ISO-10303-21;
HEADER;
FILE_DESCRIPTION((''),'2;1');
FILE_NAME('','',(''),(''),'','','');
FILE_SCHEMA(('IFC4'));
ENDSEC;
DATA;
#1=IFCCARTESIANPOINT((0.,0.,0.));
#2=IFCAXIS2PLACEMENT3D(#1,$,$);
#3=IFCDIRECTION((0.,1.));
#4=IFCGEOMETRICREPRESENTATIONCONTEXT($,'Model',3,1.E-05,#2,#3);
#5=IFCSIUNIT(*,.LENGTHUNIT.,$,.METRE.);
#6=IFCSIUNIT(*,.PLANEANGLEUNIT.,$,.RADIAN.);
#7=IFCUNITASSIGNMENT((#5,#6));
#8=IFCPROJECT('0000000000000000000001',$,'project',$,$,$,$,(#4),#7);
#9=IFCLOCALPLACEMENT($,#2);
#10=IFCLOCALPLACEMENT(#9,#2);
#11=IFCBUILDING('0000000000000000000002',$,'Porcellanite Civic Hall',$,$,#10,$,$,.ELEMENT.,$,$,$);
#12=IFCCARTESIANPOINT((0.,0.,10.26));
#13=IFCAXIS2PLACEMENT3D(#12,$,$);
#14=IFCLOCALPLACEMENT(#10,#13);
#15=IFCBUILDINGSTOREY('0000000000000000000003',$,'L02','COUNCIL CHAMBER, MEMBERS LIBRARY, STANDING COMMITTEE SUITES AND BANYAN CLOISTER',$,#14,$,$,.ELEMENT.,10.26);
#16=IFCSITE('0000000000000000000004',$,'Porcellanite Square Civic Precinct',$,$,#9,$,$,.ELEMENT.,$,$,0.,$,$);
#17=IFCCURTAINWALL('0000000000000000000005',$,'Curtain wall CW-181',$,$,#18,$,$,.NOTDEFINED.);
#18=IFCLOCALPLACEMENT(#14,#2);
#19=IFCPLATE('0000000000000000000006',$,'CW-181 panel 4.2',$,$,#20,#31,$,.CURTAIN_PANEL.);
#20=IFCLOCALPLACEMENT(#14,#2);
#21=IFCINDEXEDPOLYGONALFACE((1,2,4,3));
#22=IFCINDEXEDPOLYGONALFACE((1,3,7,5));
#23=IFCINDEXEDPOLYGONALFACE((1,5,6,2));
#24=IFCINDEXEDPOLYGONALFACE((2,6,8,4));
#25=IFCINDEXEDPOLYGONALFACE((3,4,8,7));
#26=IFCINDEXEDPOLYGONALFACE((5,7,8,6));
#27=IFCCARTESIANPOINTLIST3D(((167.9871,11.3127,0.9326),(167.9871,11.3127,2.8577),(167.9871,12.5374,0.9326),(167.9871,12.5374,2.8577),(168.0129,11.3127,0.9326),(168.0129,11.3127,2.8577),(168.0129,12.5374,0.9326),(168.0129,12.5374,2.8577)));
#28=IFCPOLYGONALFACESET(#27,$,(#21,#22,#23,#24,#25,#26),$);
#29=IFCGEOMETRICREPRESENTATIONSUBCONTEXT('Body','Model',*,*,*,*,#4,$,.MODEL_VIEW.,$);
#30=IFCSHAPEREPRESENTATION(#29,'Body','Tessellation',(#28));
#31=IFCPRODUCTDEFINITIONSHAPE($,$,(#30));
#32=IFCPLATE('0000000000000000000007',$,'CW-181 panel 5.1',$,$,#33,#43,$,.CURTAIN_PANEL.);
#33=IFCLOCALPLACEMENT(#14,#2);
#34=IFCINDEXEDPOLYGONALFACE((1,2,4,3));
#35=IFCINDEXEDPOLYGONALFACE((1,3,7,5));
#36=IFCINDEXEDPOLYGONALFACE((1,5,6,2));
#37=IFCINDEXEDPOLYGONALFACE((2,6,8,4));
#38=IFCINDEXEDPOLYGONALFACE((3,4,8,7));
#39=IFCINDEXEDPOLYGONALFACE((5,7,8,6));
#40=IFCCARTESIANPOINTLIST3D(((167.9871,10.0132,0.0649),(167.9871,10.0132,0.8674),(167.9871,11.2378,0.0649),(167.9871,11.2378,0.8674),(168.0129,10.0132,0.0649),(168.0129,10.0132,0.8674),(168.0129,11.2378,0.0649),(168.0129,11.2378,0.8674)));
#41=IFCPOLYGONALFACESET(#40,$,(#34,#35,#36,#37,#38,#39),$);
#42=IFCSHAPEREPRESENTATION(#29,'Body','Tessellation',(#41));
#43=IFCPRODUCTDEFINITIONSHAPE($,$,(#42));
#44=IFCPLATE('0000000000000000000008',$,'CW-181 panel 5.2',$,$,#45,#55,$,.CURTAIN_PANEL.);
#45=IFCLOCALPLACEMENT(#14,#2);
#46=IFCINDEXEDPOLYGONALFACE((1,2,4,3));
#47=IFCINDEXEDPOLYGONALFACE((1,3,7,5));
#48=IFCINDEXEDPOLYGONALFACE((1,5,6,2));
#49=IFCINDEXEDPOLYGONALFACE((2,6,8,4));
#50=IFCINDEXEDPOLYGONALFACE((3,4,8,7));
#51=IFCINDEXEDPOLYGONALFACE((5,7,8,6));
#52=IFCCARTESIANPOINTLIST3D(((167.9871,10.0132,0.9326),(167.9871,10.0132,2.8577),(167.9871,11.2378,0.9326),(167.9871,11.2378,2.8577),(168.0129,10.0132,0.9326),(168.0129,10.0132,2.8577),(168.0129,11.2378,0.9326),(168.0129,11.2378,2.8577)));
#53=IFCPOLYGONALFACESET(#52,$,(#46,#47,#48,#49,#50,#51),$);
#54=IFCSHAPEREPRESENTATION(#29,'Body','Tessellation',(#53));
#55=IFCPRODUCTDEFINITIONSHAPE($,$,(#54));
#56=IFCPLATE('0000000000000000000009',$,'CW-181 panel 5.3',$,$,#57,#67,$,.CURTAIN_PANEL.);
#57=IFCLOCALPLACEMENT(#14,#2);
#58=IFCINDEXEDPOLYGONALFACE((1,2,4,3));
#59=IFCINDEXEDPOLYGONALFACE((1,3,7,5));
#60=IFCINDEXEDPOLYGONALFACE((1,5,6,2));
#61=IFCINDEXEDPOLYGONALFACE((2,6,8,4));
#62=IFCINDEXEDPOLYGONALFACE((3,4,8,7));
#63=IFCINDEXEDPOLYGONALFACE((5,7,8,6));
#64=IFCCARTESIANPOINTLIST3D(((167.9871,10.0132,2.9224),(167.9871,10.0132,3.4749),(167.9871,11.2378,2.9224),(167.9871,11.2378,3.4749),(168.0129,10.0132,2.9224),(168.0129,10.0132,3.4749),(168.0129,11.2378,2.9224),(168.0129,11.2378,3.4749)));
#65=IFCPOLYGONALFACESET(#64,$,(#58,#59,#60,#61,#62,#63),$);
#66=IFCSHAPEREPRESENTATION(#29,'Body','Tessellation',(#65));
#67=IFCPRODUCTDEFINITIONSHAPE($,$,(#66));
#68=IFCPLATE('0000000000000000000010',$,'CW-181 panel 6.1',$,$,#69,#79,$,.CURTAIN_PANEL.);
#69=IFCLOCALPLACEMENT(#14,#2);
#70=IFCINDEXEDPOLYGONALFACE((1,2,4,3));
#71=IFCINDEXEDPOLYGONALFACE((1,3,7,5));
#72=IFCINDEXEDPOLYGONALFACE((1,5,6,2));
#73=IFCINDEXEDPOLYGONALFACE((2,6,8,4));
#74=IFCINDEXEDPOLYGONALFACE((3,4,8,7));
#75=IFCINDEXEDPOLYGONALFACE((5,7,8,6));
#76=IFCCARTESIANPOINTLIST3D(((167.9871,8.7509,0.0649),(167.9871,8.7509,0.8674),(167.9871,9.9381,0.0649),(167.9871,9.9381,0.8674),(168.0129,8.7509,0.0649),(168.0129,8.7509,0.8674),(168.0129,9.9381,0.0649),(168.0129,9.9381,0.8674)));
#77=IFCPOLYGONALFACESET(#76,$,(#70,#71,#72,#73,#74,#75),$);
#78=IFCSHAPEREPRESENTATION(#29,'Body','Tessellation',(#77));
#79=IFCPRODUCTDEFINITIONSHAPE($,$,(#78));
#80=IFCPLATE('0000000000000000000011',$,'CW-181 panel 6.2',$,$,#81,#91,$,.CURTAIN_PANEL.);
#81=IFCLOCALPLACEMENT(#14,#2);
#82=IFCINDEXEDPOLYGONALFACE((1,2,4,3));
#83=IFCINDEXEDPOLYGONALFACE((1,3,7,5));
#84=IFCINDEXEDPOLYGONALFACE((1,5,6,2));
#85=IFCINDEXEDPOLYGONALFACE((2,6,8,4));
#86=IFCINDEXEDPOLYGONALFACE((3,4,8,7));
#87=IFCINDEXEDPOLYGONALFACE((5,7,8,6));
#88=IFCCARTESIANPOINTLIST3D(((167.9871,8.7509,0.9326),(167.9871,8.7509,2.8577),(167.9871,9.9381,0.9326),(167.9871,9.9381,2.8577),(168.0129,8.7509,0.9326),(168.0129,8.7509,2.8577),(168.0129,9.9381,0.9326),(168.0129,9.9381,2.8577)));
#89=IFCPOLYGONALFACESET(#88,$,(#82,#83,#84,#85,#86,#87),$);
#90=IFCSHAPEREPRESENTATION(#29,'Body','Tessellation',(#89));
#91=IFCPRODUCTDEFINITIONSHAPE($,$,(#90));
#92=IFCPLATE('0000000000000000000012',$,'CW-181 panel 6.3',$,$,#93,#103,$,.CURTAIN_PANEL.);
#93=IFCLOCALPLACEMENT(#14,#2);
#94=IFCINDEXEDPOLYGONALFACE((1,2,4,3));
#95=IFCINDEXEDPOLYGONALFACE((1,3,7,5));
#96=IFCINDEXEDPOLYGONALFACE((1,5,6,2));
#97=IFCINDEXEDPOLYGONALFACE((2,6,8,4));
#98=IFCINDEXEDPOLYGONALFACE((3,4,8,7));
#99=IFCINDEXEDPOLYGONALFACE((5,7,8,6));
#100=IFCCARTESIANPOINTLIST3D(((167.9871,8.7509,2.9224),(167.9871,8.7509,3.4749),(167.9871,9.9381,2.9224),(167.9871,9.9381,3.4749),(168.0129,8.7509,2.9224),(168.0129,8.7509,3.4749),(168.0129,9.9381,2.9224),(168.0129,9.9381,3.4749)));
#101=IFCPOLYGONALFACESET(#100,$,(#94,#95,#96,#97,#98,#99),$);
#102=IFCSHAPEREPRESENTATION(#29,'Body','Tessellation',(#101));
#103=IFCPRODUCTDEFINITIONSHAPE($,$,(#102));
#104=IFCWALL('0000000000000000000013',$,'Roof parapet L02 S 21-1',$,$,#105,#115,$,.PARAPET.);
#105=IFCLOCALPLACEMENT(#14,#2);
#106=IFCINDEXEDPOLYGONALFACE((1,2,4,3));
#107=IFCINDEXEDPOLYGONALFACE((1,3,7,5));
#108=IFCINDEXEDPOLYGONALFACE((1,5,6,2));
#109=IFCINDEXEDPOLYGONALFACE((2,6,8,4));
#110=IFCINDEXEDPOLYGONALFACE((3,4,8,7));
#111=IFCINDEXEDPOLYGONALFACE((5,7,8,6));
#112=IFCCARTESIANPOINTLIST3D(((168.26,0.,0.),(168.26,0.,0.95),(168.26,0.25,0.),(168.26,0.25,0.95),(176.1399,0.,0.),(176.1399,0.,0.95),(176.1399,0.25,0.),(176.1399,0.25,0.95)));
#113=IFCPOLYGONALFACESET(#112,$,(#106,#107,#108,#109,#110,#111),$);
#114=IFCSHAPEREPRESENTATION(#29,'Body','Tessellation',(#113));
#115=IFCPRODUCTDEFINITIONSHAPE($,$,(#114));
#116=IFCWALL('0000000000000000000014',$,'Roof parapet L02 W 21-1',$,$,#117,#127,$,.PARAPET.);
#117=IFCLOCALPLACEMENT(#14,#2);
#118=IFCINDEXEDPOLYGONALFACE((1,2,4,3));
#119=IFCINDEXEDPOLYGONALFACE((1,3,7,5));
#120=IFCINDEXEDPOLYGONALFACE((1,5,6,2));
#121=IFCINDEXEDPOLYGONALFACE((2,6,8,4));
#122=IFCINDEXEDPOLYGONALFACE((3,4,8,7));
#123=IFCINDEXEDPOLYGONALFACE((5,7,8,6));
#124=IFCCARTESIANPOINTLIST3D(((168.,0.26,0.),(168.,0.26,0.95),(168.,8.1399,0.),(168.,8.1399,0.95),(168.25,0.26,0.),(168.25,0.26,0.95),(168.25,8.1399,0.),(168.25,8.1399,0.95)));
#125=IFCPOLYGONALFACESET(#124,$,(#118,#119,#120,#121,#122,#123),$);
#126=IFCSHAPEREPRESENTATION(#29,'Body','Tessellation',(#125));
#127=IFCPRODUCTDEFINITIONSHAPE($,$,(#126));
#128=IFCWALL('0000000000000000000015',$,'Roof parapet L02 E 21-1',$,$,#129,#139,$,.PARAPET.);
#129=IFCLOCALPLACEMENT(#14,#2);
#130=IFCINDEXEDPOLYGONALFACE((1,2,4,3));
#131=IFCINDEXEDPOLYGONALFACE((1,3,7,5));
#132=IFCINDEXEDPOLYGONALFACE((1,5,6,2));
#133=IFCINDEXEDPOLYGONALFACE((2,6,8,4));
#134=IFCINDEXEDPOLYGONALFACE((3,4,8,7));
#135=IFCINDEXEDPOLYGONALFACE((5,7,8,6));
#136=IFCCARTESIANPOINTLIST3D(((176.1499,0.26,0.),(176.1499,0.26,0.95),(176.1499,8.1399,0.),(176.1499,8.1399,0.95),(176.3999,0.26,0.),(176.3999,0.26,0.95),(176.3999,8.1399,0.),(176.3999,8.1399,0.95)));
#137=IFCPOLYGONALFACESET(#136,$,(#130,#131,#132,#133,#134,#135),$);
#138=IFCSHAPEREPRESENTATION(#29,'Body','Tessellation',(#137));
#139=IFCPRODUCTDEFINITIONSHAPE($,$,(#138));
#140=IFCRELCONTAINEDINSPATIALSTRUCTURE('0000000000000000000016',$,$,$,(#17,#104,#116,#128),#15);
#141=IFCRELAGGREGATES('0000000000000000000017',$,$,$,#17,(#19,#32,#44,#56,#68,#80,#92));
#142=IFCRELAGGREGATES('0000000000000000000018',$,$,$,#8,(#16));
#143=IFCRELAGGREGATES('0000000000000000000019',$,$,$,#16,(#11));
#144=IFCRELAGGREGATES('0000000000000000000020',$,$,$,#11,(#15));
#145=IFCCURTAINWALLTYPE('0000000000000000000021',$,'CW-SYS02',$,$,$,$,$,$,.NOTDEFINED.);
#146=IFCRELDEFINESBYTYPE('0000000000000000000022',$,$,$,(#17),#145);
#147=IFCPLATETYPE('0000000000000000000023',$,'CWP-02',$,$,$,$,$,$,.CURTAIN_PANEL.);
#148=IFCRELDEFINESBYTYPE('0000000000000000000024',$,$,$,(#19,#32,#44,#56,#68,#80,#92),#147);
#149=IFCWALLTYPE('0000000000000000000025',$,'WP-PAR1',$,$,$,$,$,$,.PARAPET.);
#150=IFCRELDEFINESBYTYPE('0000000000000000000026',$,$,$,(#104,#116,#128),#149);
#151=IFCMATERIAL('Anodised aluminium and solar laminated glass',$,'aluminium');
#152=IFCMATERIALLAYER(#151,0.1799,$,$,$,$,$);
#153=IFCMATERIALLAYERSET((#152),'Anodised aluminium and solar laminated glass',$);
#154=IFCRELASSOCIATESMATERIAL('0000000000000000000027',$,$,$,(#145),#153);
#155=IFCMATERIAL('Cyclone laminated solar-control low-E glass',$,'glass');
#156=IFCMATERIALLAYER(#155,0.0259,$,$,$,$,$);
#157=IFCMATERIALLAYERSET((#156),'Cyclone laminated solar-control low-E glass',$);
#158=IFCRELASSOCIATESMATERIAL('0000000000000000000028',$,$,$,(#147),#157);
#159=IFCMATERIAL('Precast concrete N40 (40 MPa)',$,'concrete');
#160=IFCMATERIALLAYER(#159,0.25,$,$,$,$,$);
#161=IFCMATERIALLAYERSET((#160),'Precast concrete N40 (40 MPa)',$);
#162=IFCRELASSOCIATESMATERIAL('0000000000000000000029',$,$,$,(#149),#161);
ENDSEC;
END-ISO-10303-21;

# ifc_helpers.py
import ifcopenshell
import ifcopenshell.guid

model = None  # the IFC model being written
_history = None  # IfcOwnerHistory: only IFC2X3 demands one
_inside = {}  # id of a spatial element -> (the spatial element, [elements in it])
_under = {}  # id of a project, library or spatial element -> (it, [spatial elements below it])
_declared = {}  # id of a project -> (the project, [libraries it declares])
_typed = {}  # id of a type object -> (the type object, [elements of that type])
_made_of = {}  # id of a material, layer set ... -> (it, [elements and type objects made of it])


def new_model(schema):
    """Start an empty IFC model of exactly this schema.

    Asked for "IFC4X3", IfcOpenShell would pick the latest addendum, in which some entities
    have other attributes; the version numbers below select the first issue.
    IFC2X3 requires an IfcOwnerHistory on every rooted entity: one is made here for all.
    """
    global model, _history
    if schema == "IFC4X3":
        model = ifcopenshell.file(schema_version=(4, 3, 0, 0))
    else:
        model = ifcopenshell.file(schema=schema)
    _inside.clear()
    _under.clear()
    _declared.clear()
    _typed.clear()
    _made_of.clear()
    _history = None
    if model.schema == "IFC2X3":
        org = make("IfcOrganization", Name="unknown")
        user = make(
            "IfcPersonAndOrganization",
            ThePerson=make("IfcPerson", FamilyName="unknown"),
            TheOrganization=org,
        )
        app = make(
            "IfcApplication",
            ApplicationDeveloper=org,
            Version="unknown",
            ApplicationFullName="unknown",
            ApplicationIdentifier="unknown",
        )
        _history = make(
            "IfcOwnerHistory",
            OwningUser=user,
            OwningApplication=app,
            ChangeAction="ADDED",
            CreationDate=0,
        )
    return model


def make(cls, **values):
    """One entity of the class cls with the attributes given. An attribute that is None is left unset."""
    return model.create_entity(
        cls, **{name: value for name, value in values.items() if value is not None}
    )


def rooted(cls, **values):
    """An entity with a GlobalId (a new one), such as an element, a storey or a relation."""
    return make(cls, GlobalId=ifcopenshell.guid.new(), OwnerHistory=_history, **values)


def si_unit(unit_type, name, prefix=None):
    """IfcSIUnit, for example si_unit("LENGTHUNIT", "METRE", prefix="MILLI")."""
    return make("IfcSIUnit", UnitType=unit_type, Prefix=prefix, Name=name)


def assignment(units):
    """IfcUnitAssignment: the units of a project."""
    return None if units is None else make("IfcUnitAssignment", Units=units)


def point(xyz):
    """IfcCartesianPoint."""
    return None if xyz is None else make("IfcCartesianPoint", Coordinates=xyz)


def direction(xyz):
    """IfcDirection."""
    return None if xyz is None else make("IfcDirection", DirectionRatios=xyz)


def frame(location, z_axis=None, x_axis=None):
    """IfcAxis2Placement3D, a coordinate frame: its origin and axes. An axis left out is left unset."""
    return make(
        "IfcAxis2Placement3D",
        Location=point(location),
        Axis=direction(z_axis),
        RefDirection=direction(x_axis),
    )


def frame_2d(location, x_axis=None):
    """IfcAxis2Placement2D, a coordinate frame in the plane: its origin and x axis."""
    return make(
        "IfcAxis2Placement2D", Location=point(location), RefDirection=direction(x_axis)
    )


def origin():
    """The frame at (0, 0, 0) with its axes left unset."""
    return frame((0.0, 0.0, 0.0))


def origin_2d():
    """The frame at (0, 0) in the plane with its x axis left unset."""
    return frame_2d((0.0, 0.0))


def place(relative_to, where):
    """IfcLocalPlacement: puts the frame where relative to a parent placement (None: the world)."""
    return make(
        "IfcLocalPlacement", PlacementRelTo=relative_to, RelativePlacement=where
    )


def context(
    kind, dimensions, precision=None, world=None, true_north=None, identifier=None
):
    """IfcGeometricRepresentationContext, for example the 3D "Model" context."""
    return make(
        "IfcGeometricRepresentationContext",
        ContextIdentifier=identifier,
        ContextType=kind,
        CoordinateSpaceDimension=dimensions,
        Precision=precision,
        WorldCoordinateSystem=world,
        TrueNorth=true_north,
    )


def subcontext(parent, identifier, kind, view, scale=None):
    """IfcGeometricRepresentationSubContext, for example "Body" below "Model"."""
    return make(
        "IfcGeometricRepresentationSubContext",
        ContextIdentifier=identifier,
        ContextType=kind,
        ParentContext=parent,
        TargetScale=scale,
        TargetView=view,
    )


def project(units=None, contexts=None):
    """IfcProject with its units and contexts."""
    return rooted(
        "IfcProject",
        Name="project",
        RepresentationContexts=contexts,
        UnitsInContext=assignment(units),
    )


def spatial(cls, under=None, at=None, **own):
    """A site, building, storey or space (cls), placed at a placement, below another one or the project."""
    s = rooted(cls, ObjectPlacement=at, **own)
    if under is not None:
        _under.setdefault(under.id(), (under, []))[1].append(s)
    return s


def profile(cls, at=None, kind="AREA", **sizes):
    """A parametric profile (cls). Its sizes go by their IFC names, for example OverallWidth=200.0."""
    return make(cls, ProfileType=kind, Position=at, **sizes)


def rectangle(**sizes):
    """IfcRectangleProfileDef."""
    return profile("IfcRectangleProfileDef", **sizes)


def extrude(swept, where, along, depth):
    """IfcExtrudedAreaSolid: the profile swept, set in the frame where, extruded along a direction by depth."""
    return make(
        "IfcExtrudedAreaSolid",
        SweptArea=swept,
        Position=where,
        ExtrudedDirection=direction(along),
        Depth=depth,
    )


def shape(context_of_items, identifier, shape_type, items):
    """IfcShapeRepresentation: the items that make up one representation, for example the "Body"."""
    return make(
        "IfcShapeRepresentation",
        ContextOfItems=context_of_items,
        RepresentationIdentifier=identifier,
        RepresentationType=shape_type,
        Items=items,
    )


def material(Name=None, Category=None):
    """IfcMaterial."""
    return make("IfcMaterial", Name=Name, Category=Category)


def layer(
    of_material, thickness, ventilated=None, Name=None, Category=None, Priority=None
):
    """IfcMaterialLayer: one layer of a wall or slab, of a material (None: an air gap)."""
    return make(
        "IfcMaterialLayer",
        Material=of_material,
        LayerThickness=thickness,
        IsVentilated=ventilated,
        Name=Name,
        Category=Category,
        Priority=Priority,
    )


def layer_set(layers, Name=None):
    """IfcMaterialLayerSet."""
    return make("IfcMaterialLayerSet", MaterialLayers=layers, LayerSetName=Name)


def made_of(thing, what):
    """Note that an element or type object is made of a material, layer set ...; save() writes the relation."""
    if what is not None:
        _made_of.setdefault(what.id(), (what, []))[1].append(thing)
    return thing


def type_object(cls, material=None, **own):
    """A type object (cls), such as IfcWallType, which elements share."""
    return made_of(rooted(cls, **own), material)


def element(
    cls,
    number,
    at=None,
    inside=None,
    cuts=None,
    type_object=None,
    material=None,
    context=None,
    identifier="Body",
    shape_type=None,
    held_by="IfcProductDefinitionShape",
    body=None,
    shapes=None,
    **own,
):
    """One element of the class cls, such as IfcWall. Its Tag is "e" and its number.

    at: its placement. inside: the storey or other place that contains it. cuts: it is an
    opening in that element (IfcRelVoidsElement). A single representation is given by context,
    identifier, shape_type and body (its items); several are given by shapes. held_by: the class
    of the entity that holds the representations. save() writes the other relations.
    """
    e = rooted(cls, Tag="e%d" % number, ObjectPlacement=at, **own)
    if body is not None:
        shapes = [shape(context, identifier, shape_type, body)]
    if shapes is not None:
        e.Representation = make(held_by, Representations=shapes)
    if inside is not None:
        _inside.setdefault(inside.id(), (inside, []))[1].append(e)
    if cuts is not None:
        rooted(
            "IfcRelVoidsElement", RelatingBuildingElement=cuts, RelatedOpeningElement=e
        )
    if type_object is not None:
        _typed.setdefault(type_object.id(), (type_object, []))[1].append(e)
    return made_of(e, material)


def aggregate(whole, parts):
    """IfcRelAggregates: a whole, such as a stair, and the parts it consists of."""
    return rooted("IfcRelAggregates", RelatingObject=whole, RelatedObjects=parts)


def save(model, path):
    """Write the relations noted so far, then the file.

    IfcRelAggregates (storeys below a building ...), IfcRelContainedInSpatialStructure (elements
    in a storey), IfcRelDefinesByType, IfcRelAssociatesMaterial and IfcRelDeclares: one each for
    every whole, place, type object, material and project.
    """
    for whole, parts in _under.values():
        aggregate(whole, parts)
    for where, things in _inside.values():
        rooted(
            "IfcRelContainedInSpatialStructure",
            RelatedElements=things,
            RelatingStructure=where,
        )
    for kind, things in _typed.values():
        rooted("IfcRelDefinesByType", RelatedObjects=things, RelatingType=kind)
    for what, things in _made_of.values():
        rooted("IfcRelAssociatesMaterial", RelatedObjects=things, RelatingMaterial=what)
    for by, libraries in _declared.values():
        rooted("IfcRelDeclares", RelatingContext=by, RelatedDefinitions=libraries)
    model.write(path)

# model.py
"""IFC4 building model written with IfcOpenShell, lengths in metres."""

from ifc_helpers import new_model, si_unit, direction, frame, frame_2d, origin, origin_2d, place, context, subcontext, project, spatial, rectangle, extrude, material, layer, layer_set, type_object, element, aggregate, save


model = new_model("IFC4")

# Units and contexts
model_context = context("Model", 3, precision=1e-05, world=origin(), true_north=direction((0.0, 1.0)))
body_context = subcontext(model_context, "Body", "Model", "MODEL_VIEW")
ifc_project = project(units=[si_unit("LENGTHUNIT", "METRE"), si_unit("PLANEANGLEUNIT", "RADIAN")], contexts=[model_context])

# Site, building, storey
site_placement = place(None, origin())
site = spatial("IfcSite", under=ifc_project, at=site_placement, Name="Porcellanite Square Civic Precinct", CompositionType="ELEMENT", RefElevation=0.0)
building_placement = place(site_placement, origin())
building = spatial("IfcBuilding", under=site, at=building_placement, Name="Porcellanite Civic Hall", CompositionType="ELEMENT")
storey_placement = place(building_placement, frame((0.0, 0.0, 10.26)))
storey = spatial("IfcBuildingStorey", under=building, at=storey_placement, Name="L02", Description="COUNCIL CHAMBER, MEMBERS LIBRARY, STANDING COMMITTEE SUITES AND BANYAN CLOISTER", CompositionType="ELEMENT", Elevation=10.26)

# Curtain wall, plates
ifc_material_1 = material(Name="Anodised aluminium and solar laminated glass", Category="aluminium")
ifc_layer_1 = layer(ifc_material_1, 0.1799)
ifc_layer_set_1 = layer_set([ifc_layer_1], Name="Anodised aluminium and solar laminated glass")
curtain_wall_type = type_object("IfcCurtainWallType", Name="CW-SYS02", PredefinedType="NOTDEFINED", material=ifc_layer_set_1)
curtain_wall_placement = place(storey_placement, origin())
curtain_wall = element("IfcCurtainWall", 1, at=curtain_wall_placement, inside=storey, type_object=curtain_wall_type, Name="Curtain wall CW-181", PredefinedType="NOTDEFINED")
ifc_material_2 = material(Name="Cyclone laminated solar-control low-E glass", Category="glass")
ifc_layer_2 = layer(ifc_material_2, 0.0259)
ifc_layer_set_2 = layer_set([ifc_layer_2], Name="Cyclone laminated solar-control low-E glass")
plate_type = type_object("IfcPlateType", Name="CWP-02", PredefinedType="CURTAIN_PANEL", material=ifc_layer_set_2)
plate_1_placement = place(storey_placement, frame((168.0, 11.925, 0.9326), z_axis=(0.0, 0.0, 1.0), x_axis=(0.0, -1.0, 0.0)))
plate_1 = element("IfcPlate", 2, at=plate_1_placement, type_object=plate_type, Name="CW-181 panel 4.2", PredefinedType="CURTAIN_PANEL", context=body_context, shape_type="SweptSolid", body=[
    extrude(rectangle(XDim=1.2246, YDim=0.0259, at=origin_2d()), origin(), (0.0, 0.0, 1.0), 1.925),
])
plate_2_placement = place(storey_placement, frame((168.0, 10.6255, 0.0649), z_axis=(0.0, 0.0, 1.0), x_axis=(0.0, -1.0, 0.0)))
plate_2 = element("IfcPlate", 3, at=plate_2_placement, type_object=plate_type, Name="CW-181 panel 5.1", PredefinedType="CURTAIN_PANEL", context=body_context, shape_type="SweptSolid", body=[
    extrude(rectangle(XDim=1.2246, YDim=0.0259, at=origin_2d()), origin(), (0.0, 0.0, 1.0), 0.8025),
])
plate_3_placement = place(storey_placement, frame((168.0, 10.6255, 0.9326), z_axis=(0.0, 0.0, 1.0), x_axis=(0.0, -1.0, 0.0)))
plate_3 = element("IfcPlate", 4, at=plate_3_placement, type_object=plate_type, Name="CW-181 panel 5.2", PredefinedType="CURTAIN_PANEL", context=body_context, shape_type="SweptSolid", body=[
    extrude(rectangle(XDim=1.2246, YDim=0.0259, at=origin_2d()), origin(), (0.0, 0.0, 1.0), 1.925),
])
plate_4_placement = place(storey_placement, frame((168.0, 10.6255, 2.9224), z_axis=(0.0, 0.0, 1.0), x_axis=(0.0, -1.0, 0.0)))
plate_4 = element("IfcPlate", 5, at=plate_4_placement, type_object=plate_type, Name="CW-181 panel 5.3", PredefinedType="CURTAIN_PANEL", context=body_context, shape_type="SweptSolid", body=[
    extrude(rectangle(XDim=1.2246, YDim=0.0259, at=origin_2d()), origin(), (0.0, 0.0, 1.0), 0.5525),
])
plate_5_placement = place(storey_placement, frame((168.0, 9.3445, 0.0649), z_axis=(0.0, 0.0, 1.0), x_axis=(0.0, -1.0, 0.0)))
plate_5 = element("IfcPlate", 6, at=plate_5_placement, type_object=plate_type, Name="CW-181 panel 6.1", PredefinedType="CURTAIN_PANEL", context=body_context, shape_type="SweptSolid", body=[
    extrude(rectangle(XDim=1.1873, YDim=0.0259, at=origin_2d()), origin(), (0.0, 0.0, 1.0), 0.8025),
])
plate_6_placement = place(storey_placement, frame((168.0, 9.3445, 0.9326), z_axis=(0.0, 0.0, 1.0), x_axis=(0.0, -1.0, 0.0)))
plate_6 = element("IfcPlate", 7, at=plate_6_placement, type_object=plate_type, Name="CW-181 panel 6.2", PredefinedType="CURTAIN_PANEL", context=body_context, shape_type="SweptSolid", body=[
    extrude(rectangle(XDim=1.1873, YDim=0.0259, at=origin_2d()), origin(), (0.0, 0.0, 1.0), 1.925),
])
plate_7_placement = place(storey_placement, frame((168.0, 9.3445, 2.9224), z_axis=(0.0, 0.0, 1.0), x_axis=(0.0, -1.0, 0.0)))
plate_7 = element("IfcPlate", 8, at=plate_7_placement, type_object=plate_type, Name="CW-181 panel 6.3", PredefinedType="CURTAIN_PANEL", context=body_context, shape_type="SweptSolid", body=[
    extrude(rectangle(XDim=1.1873, YDim=0.0259, at=origin_2d()), origin(), (0.0, 0.0, 1.0), 0.5525),
])
aggregate(curtain_wall, [plate_1, plate_2, plate_3, plate_4, plate_5, plate_6, plate_7])

# Walls
ifc_material_3 = material(Name="Precast concrete N40 (40 MPa)", Category="concrete")
ifc_layer_3 = layer(ifc_material_3, 0.25)
ifc_layer_set_3 = layer_set([ifc_layer_3], Name="Precast concrete N40 (40 MPa)")
wall_type_1 = type_object("IfcWallType", Name="WP-PAR1", PredefinedType="PARAPET", material=ifc_layer_set_3)
for number, where, z_axis, x_axis, name in (
    (9, (176.1399, 0.125, 0.0), (0.0, 0.0, 1.0), (-1.0, 0.0, 0.0), "Roof parapet L02 S 21-1"),
    (10, (168.125, 0.26, 0.0), (0.0, 0.0, 1.0), (0.0, 1.0, 0.0), "Roof parapet L02 W 21-1"),
    (11, (176.2749, 8.1399, 0.0), (0.0, 0.0, 1.0), (0.0, -1.0, 0.0), "Roof parapet L02 E 21-1"),
):
    element("IfcWall", number, at=place(storey_placement, frame(where, z_axis=z_axis, x_axis=x_axis)), inside=storey, type_object=wall_type_1, Name=name, PredefinedType="PARAPET", context=body_context, shape_type="SweptSolid", body=[
        extrude(rectangle(XDim=7.8799, YDim=0.25, at=frame_2d((3.9399, 0.0))), origin(), (0.0, 0.0, 1.0), 0.95),
    ])

save(model, "model.ifc")
